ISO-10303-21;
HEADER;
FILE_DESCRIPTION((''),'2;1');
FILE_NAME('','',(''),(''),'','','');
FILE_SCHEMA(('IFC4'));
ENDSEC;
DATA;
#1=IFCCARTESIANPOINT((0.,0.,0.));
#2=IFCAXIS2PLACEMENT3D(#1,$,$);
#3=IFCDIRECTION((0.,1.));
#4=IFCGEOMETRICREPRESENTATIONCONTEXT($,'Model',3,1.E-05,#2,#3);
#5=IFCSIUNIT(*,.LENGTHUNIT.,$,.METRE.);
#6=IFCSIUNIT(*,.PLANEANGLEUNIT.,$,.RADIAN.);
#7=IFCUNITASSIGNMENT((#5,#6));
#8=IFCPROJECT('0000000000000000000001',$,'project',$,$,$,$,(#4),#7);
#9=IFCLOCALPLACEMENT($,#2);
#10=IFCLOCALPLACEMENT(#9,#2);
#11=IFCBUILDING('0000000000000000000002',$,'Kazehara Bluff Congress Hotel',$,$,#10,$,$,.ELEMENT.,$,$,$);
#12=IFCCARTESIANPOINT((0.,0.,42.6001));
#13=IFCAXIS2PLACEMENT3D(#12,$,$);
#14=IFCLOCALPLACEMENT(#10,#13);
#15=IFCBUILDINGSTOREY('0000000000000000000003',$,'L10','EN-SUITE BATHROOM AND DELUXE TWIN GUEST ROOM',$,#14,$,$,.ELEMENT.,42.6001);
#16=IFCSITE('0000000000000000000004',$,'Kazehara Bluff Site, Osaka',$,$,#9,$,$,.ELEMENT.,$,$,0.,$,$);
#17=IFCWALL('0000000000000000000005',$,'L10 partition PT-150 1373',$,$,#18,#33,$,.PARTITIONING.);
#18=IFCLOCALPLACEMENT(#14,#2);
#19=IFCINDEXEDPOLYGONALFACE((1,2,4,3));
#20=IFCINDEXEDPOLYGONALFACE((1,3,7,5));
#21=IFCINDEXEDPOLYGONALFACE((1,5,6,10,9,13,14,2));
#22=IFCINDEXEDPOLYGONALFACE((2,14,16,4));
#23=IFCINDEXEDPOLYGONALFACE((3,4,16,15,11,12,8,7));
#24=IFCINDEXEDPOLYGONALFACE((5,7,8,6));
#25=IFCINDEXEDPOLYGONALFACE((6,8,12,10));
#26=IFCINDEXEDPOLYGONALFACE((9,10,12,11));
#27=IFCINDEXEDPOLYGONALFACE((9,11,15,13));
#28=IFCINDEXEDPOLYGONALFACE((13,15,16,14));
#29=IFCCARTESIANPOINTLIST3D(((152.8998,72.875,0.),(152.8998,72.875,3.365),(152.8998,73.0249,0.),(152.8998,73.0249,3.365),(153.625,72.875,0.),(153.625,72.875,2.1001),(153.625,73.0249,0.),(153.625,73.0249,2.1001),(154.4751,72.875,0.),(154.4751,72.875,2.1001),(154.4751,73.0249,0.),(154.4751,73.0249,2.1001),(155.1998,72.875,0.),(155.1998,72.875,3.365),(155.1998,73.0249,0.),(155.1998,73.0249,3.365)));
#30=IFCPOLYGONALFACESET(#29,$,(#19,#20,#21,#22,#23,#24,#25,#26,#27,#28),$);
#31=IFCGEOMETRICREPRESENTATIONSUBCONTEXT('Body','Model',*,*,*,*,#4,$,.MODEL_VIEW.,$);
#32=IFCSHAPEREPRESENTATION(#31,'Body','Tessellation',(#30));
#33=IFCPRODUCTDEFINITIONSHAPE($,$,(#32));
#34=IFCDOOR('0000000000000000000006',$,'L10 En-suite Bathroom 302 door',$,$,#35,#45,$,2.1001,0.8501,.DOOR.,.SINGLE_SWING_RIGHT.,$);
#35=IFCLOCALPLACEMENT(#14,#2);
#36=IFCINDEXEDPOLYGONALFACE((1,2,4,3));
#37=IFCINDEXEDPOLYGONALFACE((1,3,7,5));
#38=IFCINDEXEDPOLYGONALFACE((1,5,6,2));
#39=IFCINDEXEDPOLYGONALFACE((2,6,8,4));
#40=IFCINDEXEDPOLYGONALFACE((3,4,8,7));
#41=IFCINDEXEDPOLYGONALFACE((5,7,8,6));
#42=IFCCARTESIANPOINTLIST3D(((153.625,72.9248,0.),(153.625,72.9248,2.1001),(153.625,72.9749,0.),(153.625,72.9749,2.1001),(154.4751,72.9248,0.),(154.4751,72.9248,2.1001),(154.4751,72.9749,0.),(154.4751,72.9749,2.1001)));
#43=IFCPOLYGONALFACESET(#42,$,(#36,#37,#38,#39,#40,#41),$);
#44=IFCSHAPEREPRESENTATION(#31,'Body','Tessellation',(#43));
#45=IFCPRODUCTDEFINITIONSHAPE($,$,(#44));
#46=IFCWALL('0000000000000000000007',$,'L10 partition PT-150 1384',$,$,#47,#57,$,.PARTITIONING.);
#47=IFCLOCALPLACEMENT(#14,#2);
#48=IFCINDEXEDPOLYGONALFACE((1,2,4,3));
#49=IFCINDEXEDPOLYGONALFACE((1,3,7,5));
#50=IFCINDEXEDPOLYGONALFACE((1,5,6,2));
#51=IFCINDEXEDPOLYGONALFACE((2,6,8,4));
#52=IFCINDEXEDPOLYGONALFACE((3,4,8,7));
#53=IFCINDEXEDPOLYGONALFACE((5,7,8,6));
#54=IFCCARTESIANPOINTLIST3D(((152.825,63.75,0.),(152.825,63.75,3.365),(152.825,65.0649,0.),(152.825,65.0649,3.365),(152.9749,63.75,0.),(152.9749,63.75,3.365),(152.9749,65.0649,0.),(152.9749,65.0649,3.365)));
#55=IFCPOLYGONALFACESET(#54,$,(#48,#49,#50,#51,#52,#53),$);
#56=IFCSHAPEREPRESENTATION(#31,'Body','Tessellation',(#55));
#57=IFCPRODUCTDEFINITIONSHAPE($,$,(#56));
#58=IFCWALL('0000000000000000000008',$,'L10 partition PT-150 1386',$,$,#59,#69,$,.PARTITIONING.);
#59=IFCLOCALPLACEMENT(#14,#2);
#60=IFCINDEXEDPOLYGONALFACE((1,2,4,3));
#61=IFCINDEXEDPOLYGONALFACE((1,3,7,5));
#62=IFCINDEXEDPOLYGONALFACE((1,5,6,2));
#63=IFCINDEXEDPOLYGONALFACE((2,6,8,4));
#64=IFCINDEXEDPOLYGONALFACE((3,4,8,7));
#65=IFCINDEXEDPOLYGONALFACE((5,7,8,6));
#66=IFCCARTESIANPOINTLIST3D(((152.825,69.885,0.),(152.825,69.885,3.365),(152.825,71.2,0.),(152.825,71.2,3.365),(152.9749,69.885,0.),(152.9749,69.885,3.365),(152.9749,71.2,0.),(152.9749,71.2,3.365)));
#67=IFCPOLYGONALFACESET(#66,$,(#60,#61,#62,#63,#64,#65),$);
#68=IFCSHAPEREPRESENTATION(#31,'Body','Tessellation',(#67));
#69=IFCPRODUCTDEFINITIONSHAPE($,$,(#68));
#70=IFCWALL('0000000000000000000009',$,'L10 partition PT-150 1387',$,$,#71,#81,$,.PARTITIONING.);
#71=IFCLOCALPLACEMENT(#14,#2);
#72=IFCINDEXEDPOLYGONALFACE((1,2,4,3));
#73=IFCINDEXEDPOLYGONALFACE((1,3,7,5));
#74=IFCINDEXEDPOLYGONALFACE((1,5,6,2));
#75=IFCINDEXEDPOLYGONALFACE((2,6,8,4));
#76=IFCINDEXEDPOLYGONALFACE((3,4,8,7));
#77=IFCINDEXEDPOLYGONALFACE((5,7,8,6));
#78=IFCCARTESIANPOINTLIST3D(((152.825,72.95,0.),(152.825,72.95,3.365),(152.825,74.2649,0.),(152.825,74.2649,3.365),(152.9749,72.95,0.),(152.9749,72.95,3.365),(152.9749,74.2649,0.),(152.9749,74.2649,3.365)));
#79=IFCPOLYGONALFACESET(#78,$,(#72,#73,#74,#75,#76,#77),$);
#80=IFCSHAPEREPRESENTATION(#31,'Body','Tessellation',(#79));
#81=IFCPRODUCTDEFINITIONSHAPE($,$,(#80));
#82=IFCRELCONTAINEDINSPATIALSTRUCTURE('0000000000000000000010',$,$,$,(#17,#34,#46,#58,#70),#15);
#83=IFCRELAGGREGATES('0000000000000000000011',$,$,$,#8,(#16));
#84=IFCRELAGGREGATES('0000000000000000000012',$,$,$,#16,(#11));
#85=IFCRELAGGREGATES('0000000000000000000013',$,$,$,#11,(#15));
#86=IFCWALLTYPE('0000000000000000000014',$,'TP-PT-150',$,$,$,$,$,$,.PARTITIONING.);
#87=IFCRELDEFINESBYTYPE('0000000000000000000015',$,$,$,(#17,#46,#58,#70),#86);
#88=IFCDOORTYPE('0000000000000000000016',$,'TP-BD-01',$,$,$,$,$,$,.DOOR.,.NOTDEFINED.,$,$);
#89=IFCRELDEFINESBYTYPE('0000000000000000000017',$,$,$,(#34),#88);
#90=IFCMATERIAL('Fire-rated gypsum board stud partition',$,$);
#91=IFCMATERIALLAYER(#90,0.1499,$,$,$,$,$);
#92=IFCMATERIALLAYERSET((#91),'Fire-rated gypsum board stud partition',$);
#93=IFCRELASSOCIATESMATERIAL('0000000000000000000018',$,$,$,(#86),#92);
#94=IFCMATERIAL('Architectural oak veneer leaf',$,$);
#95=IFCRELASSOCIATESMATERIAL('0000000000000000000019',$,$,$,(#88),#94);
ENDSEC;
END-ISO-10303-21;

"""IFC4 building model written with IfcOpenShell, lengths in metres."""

from ifc_helpers import new_model, si_unit, direction, frame, frame_2d, origin, place, context, subcontext, project, spatial, rectangle, extrude, material, layer, layer_set, type_object, element, fill, save


model = new_model("IFC4")

# Units and contexts
model_context = context("Model", 3, precision=1e-05, world=origin(), true_north=direction((0.0, 1.0)))
body_context = subcontext(model_context, "Body", "Model", "MODEL_VIEW")
ifc_project = project(units=[si_unit("LENGTHUNIT", "METRE"), si_unit("PLANEANGLEUNIT", "RADIAN")], contexts=[model_context])

# Site, building, storey
site_placement = place(None, origin())
site = spatial("IfcSite", under=ifc_project, at=site_placement, Name="Kazehara Bluff Site, Osaka", CompositionType="ELEMENT", RefElevation=0.0)
building_placement = place(site_placement, origin())
building = spatial("IfcBuilding", under=site, at=building_placement, Name="Kazehara Bluff Congress Hotel", CompositionType="ELEMENT")
storey_placement = place(building_placement, frame((0.0, 0.0, 42.6001)))
storey = spatial("IfcBuildingStorey", under=building, at=storey_placement, Name="L10", Description="EN-SUITE BATHROOM AND DELUXE TWIN GUEST ROOM", CompositionType="ELEMENT", Elevation=42.6001)

# Shared definitions
ifc_material_1 = material(Name="Fire-rated gypsum board stud partition")
ifc_layer = layer(ifc_material_1, 0.1499)
ifc_layer_set = layer_set([ifc_layer], Name="Fire-rated gypsum board stud partition")
wall_type = type_object("IfcWallType", Name="TP-PT-150", PredefinedType="PARTITIONING", material=ifc_layer_set)
ifc_material_2 = material(Name="Architectural oak veneer leaf")
door_type = type_object("IfcDoorType", Name="TP-BD-01", OperationType="NOTDEFINED", PredefinedType="DOOR", material=ifc_material_2)

# Wall, opening, door
wall_1_placement = place(storey_placement, frame((152.8999, 72.95, 0.0), z_axis=(0.0, 0.0, 1.0), x_axis=(1.0, 0.0, 0.0)))
wall_1 = element("IfcWall", 1, at=wall_1_placement, inside=storey, type_object=wall_type, Name="L10 partition PT-150 1373", PredefinedType="PARTITIONING", context=body_context, shape_type="SweptSolid", body=[
    extrude(rectangle(XDim=2.3, YDim=0.1499, at=frame_2d((1.1499, 0.0))), origin(), (0.0, 0.0, 1.0), 3.365),
])
opening_1_placement = place(wall_1_placement, frame((0.7251, 0.0, 0.0)))
opening_1 = element("IfcOpeningElement", 2, at=opening_1_placement, cuts=wall_1, PredefinedType="OPENING", context=body_context, shape_type="SweptSolid", body=[
    extrude(rectangle(XDim=0.8501, YDim=2.1001, at=frame_2d((0.425, 1.05))), frame((0.0, 0.085, 0.0), z_axis=(0.0, -1.0, 0.0), x_axis=(1.0, 0.0, 0.0)), (0.0, 0.0, 1.0), 0.1699),
])
door_1_placement = place(opening_1_placement, origin())
door_1 = element("IfcDoor", 3, at=door_1_placement, inside=storey, type_object=door_type, Name="L10 En-suite Bathroom 302 door", OperationType="SINGLE_SWING_RIGHT", OverallHeight=2.1001, OverallWidth=0.8501, PredefinedType="DOOR", context=body_context, shape_type="SweptSolid", body=[
    extrude(rectangle(XDim=0.8501, YDim=2.1001, at=frame_2d((0.425, 1.05))), frame((0.0, 0.0249, 0.0), z_axis=(0.0, -1.0, 0.0), x_axis=(1.0, 0.0, 0.0)), (0.0, 0.0, 1.0), 0.05),
])
fill(opening_1, door_1)

# Walls
wall_2_placement = place(storey_placement, frame((152.8999, 63.75, 0.0), z_axis=(0.0, 0.0, 1.0), x_axis=(0.0, 1.0, 0.0)))
element("IfcWall", 4, at=wall_2_placement, inside=storey, type_object=wall_type, Name="L10 partition PT-150 1384", PredefinedType="PARTITIONING", context=body_context, shape_type="SweptSolid", body=[
    extrude(rectangle(XDim=1.3149, YDim=0.1499, at=frame_2d((0.6575, 0.0))), origin(), (0.0, 0.0, 1.0), 3.365),
])
for number, where, z_axis, x_axis, name in (
    (5, (152.8999, 69.885, 0.0), (0.0, 0.0, 1.0), (0.0, 1.0, 0.0), "L10 partition PT-150 1386"),
    (6, (152.8999, 72.95, 0.0), (0.0, 0.0, 1.0), (0.0, 1.0, 0.0), "L10 partition PT-150 1387"),
):
    element("IfcWall", number, at=place(storey_placement, frame(where, z_axis=z_axis, x_axis=x_axis)), inside=storey, type_object=wall_type, Name=name, PredefinedType="PARTITIONING", context=body_context, shape_type="SweptSolid", body=[
        extrude(rectangle(XDim=1.3149, YDim=0.1499, at=frame_2d((0.6575, 0.0))), origin(), (0.0, 0.0, 1.0), 3.365),
    ])

save(model, "model.ifc")
